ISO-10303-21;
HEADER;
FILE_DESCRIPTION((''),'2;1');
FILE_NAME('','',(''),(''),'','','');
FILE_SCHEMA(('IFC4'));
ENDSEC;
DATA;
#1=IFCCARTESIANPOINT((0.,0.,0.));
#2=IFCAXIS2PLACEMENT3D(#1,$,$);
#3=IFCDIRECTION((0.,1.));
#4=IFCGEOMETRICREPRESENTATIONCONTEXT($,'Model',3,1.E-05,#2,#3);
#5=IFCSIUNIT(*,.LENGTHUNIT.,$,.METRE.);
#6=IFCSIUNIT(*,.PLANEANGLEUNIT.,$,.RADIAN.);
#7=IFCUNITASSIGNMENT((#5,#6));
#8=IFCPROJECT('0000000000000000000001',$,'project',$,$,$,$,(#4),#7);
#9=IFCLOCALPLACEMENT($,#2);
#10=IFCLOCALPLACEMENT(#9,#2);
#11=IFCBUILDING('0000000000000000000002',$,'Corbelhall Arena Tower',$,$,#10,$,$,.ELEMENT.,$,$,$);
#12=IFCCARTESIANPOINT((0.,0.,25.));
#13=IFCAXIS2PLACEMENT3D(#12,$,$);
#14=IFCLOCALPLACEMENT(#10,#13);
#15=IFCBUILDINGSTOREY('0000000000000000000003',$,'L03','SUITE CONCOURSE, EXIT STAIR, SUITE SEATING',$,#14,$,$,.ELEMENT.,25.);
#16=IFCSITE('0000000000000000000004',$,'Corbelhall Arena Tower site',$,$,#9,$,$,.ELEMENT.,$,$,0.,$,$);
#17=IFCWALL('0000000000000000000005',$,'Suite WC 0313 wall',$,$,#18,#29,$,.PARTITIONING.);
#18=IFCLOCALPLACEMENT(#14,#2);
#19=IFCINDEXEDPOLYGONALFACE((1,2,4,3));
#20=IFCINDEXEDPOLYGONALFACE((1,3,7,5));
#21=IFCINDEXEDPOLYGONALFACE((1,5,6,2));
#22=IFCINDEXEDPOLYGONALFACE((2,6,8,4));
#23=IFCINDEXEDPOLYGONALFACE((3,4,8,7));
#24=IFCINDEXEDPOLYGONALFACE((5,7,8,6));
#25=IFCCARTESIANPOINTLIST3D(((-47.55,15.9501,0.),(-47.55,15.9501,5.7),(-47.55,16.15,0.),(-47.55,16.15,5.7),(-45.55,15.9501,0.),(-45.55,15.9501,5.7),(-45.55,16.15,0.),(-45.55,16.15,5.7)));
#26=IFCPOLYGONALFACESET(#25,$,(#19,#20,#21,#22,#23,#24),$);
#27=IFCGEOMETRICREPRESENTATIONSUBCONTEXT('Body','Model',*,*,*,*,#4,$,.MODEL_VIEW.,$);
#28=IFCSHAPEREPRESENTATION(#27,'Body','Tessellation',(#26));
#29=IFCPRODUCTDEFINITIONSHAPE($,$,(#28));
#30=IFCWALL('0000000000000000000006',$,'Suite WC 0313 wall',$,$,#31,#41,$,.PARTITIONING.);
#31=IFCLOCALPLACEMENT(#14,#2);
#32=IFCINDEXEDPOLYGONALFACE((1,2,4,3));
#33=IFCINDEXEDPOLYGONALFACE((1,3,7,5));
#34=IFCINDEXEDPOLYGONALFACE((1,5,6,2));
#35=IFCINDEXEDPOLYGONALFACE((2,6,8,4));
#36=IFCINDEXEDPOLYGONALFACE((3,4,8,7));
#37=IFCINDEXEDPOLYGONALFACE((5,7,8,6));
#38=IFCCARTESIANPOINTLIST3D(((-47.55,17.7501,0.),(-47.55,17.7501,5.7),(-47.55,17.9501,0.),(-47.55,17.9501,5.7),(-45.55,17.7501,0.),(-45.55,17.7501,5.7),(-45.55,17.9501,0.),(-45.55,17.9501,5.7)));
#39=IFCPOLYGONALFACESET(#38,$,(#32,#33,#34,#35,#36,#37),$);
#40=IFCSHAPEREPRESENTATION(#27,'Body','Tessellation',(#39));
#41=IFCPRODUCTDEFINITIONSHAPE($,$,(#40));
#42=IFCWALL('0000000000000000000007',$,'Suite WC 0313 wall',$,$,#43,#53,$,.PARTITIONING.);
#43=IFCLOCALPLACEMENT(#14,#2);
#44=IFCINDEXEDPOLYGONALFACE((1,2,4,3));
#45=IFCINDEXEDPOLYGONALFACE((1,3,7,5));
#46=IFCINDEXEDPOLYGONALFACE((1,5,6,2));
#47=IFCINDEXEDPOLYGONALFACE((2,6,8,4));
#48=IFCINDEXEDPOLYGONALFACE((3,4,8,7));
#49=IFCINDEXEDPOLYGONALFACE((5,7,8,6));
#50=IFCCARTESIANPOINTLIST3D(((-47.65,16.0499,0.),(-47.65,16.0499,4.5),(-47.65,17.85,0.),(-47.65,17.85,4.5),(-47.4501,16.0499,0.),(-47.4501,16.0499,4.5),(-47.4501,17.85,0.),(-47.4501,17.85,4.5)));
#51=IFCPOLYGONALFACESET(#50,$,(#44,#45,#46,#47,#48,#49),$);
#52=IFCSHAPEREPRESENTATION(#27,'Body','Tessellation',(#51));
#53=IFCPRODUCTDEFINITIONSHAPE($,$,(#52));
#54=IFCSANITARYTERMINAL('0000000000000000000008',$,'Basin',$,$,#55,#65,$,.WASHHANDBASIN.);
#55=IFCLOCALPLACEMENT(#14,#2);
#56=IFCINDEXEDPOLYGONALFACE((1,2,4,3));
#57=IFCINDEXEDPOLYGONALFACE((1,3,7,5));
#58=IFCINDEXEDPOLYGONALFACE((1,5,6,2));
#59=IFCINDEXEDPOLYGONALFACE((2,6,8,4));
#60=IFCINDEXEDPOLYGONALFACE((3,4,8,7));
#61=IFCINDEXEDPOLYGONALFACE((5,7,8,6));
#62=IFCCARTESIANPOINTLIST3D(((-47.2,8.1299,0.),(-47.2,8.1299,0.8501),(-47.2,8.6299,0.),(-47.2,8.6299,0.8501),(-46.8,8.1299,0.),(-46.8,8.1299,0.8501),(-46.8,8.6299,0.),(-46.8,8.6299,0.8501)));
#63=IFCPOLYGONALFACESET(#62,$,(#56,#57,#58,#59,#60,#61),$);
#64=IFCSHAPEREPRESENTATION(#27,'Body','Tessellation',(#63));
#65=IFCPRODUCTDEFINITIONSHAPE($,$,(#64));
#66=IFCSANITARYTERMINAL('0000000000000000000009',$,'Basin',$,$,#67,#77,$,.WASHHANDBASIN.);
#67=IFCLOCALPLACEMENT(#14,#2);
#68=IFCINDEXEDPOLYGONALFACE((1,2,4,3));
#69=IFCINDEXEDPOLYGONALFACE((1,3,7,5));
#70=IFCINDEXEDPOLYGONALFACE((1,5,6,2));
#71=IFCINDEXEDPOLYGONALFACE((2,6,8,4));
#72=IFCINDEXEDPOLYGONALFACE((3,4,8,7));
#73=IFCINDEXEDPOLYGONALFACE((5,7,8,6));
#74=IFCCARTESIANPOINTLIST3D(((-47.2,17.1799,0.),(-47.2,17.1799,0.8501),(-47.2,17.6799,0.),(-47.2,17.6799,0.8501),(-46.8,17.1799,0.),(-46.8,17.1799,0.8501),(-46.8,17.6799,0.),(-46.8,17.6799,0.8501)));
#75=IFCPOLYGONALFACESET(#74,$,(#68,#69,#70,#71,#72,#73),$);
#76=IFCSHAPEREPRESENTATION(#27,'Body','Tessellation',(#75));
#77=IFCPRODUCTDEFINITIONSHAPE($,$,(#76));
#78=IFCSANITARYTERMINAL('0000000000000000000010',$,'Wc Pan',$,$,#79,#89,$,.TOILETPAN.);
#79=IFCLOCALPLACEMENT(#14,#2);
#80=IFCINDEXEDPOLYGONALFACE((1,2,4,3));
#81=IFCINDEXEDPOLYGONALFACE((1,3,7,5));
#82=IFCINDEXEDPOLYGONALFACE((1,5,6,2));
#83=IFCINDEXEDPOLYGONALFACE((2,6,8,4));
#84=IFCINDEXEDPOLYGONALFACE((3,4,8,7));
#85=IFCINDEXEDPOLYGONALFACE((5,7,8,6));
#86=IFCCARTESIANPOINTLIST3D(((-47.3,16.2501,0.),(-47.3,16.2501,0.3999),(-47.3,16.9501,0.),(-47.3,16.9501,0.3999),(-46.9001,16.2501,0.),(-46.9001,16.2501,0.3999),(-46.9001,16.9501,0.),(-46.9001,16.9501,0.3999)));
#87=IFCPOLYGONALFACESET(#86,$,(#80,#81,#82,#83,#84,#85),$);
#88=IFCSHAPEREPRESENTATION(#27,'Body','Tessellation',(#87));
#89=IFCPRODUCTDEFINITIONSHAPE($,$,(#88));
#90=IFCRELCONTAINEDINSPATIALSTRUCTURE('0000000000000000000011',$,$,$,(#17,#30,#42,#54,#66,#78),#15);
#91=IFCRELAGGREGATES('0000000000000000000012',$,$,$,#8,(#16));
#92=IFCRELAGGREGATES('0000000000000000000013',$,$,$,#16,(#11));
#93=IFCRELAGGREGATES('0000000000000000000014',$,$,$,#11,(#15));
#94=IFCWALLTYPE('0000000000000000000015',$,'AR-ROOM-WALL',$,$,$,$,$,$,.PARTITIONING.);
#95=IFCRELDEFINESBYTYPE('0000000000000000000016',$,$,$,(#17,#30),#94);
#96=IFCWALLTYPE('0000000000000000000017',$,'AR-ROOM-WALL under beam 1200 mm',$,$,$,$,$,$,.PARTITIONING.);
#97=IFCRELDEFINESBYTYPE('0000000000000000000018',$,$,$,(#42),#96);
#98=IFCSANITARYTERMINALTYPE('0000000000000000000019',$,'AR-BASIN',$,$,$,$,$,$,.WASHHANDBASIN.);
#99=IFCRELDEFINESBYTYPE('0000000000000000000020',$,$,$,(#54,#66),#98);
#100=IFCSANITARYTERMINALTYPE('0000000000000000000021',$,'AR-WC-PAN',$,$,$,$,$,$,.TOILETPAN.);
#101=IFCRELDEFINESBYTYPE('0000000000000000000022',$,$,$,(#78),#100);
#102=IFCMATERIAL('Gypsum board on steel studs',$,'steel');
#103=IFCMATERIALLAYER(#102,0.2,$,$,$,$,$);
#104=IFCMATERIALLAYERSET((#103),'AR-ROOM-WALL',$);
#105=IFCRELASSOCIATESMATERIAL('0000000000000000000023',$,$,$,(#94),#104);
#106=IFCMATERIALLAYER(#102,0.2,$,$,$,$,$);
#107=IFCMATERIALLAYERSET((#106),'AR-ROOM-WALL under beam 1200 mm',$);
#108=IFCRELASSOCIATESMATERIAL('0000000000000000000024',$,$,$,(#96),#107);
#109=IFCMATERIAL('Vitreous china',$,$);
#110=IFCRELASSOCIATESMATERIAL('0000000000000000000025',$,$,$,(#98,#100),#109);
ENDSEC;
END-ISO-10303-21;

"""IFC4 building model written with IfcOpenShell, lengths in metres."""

from ifc_helpers import new_model, si_unit, direction, frame, frame_2d, origin, origin_2d, place, context, subcontext, project, spatial, rectangle, extrude, material, layer, layer_set, type_object, element, save


model = new_model("IFC4")

# Units and contexts
model_context = context("Model", 3, precision=1e-05, world=origin(), true_north=direction((0.0, 1.0)))
body_context = subcontext(model_context, "Body", "Model", "MODEL_VIEW")
ifc_project = project(units=[si_unit("LENGTHUNIT", "METRE"), si_unit("PLANEANGLEUNIT", "RADIAN")], contexts=[model_context])

# Site, building, storey
site_placement = place(None, origin())
site = spatial("IfcSite", under=ifc_project, at=site_placement, Name="Corbelhall Arena Tower site", CompositionType="ELEMENT", RefElevation=0.0)
building_placement = place(site_placement, origin())
building = spatial("IfcBuilding", under=site, at=building_placement, Name="Corbelhall Arena Tower", CompositionType="ELEMENT")
storey_placement = place(building_placement, frame((0.0, 0.0, 25.0)))
storey = spatial("IfcBuildingStorey", under=building, at=storey_placement, Name="L03", Description="SUITE CONCOURSE, EXIT STAIR, SUITE SEATING", CompositionType="ELEMENT", Elevation=25.0)

# Shared definitions
ifc_material_1 = material(Name="Gypsum board on steel studs", Category="steel")
ifc_layer_1 = layer(ifc_material_1, 0.2)
ifc_layer_set_1 = layer_set([ifc_layer_1], Name="AR-ROOM-WALL")
wall_type_1 = type_object("IfcWallType", Name="AR-ROOM-WALL", PredefinedType="PARTITIONING", material=ifc_layer_set_1)

# Walls
for number, where, z_axis, x_axis, name in (
    (1, (-47.55, 16.05, 0.0), (0.0, 0.0, 1.0), (1.0, 0.0, 0.0), "Suite WC 0313 wall"),
    (2, (-45.55, 17.8501, 0.0), (0.0, 0.0, 1.0), (-1.0, 0.0, 0.0), "Suite WC 0313 wall"),
):
    element("IfcWall", number, at=place(storey_placement, frame(where, z_axis=z_axis, x_axis=x_axis)), inside=storey, type_object=wall_type_1, Name=name, PredefinedType="PARTITIONING", context=body_context, shape_type="SweptSolid", body=[
        extrude(rectangle(XDim=2.0, YDim=0.2, at=frame_2d((1.0, 0.0))), origin(), (0.0, 0.0, 1.0), 5.7),
    ])

# Wall
ifc_layer_2 = layer(ifc_material_1, 0.2)
ifc_layer_set_2 = layer_set([ifc_layer_2], Name="AR-ROOM-WALL under beam 1200 mm")
wall_type_2 = type_object("IfcWallType", Name="AR-ROOM-WALL under beam 1200 mm", PredefinedType="PARTITIONING", material=ifc_layer_set_2)
wall_1_placement = place(storey_placement, frame((-47.55, 16.05, 0.0), z_axis=(0.0, 0.0, 1.0), x_axis=(0.0, 1.0, 0.0)))
element("IfcWall", 3, at=wall_1_placement, inside=storey, type_object=wall_type_2, Name="Suite WC 0313 wall", PredefinedType="PARTITIONING", context=body_context, shape_type="SweptSolid", body=[
    extrude(rectangle(XDim=1.8, YDim=0.2, at=frame_2d((0.8999, 0.0))), origin(), (0.0, 0.0, 1.0), 4.5),
])

# Sanitary terminals
ifc_material_2 = material(Name="Vitreous china")
sanitary_terminal_type_1 = type_object("IfcSanitaryTerminalType", Name="AR-BASIN", PredefinedType="WASHHANDBASIN", material=ifc_material_2)
for number, where, z_axis, x_axis, name in (
    (4, (-47.0, 8.3799, 0.0), (0.0, 0.0, 1.0), (1.0, 0.0, 0.0), "Basin"),
    (5, (-47.0, 17.4299, 0.0), (0.0, 0.0, 1.0), (1.0, 0.0, 0.0), "Basin"),
):
    element("IfcSanitaryTerminal", number, at=place(storey_placement, frame(where, z_axis=z_axis, x_axis=x_axis)), inside=storey, type_object=sanitary_terminal_type_1, Name=name, PredefinedType="WASHHANDBASIN", context=body_context, shape_type="SweptSolid", body=[
        extrude(rectangle(XDim=0.3999, YDim=0.5, at=origin_2d()), origin(), (0.0, 0.0, 1.0), 0.8501),
    ])
sanitary_terminal_type_2 = type_object("IfcSanitaryTerminalType", Name="AR-WC-PAN", PredefinedType="TOILETPAN", material=ifc_material_2)
sanitary_terminal_placement = place(storey_placement, frame((-47.1001, 16.6001, 0.0), z_axis=(0.0, 0.0, 1.0), x_axis=(1.0, 0.0, 0.0)))
element("IfcSanitaryTerminal", 6, at=sanitary_terminal_placement, inside=storey, type_object=sanitary_terminal_type_2, Name="Wc Pan", PredefinedType="TOILETPAN", context=body_context, shape_type="SweptSolid", body=[
    extrude(rectangle(XDim=0.3999, YDim=0.7, at=origin_2d()), origin(), (0.0, 0.0, 1.0), 0.3999),
])

save(model, "model.ifc")
